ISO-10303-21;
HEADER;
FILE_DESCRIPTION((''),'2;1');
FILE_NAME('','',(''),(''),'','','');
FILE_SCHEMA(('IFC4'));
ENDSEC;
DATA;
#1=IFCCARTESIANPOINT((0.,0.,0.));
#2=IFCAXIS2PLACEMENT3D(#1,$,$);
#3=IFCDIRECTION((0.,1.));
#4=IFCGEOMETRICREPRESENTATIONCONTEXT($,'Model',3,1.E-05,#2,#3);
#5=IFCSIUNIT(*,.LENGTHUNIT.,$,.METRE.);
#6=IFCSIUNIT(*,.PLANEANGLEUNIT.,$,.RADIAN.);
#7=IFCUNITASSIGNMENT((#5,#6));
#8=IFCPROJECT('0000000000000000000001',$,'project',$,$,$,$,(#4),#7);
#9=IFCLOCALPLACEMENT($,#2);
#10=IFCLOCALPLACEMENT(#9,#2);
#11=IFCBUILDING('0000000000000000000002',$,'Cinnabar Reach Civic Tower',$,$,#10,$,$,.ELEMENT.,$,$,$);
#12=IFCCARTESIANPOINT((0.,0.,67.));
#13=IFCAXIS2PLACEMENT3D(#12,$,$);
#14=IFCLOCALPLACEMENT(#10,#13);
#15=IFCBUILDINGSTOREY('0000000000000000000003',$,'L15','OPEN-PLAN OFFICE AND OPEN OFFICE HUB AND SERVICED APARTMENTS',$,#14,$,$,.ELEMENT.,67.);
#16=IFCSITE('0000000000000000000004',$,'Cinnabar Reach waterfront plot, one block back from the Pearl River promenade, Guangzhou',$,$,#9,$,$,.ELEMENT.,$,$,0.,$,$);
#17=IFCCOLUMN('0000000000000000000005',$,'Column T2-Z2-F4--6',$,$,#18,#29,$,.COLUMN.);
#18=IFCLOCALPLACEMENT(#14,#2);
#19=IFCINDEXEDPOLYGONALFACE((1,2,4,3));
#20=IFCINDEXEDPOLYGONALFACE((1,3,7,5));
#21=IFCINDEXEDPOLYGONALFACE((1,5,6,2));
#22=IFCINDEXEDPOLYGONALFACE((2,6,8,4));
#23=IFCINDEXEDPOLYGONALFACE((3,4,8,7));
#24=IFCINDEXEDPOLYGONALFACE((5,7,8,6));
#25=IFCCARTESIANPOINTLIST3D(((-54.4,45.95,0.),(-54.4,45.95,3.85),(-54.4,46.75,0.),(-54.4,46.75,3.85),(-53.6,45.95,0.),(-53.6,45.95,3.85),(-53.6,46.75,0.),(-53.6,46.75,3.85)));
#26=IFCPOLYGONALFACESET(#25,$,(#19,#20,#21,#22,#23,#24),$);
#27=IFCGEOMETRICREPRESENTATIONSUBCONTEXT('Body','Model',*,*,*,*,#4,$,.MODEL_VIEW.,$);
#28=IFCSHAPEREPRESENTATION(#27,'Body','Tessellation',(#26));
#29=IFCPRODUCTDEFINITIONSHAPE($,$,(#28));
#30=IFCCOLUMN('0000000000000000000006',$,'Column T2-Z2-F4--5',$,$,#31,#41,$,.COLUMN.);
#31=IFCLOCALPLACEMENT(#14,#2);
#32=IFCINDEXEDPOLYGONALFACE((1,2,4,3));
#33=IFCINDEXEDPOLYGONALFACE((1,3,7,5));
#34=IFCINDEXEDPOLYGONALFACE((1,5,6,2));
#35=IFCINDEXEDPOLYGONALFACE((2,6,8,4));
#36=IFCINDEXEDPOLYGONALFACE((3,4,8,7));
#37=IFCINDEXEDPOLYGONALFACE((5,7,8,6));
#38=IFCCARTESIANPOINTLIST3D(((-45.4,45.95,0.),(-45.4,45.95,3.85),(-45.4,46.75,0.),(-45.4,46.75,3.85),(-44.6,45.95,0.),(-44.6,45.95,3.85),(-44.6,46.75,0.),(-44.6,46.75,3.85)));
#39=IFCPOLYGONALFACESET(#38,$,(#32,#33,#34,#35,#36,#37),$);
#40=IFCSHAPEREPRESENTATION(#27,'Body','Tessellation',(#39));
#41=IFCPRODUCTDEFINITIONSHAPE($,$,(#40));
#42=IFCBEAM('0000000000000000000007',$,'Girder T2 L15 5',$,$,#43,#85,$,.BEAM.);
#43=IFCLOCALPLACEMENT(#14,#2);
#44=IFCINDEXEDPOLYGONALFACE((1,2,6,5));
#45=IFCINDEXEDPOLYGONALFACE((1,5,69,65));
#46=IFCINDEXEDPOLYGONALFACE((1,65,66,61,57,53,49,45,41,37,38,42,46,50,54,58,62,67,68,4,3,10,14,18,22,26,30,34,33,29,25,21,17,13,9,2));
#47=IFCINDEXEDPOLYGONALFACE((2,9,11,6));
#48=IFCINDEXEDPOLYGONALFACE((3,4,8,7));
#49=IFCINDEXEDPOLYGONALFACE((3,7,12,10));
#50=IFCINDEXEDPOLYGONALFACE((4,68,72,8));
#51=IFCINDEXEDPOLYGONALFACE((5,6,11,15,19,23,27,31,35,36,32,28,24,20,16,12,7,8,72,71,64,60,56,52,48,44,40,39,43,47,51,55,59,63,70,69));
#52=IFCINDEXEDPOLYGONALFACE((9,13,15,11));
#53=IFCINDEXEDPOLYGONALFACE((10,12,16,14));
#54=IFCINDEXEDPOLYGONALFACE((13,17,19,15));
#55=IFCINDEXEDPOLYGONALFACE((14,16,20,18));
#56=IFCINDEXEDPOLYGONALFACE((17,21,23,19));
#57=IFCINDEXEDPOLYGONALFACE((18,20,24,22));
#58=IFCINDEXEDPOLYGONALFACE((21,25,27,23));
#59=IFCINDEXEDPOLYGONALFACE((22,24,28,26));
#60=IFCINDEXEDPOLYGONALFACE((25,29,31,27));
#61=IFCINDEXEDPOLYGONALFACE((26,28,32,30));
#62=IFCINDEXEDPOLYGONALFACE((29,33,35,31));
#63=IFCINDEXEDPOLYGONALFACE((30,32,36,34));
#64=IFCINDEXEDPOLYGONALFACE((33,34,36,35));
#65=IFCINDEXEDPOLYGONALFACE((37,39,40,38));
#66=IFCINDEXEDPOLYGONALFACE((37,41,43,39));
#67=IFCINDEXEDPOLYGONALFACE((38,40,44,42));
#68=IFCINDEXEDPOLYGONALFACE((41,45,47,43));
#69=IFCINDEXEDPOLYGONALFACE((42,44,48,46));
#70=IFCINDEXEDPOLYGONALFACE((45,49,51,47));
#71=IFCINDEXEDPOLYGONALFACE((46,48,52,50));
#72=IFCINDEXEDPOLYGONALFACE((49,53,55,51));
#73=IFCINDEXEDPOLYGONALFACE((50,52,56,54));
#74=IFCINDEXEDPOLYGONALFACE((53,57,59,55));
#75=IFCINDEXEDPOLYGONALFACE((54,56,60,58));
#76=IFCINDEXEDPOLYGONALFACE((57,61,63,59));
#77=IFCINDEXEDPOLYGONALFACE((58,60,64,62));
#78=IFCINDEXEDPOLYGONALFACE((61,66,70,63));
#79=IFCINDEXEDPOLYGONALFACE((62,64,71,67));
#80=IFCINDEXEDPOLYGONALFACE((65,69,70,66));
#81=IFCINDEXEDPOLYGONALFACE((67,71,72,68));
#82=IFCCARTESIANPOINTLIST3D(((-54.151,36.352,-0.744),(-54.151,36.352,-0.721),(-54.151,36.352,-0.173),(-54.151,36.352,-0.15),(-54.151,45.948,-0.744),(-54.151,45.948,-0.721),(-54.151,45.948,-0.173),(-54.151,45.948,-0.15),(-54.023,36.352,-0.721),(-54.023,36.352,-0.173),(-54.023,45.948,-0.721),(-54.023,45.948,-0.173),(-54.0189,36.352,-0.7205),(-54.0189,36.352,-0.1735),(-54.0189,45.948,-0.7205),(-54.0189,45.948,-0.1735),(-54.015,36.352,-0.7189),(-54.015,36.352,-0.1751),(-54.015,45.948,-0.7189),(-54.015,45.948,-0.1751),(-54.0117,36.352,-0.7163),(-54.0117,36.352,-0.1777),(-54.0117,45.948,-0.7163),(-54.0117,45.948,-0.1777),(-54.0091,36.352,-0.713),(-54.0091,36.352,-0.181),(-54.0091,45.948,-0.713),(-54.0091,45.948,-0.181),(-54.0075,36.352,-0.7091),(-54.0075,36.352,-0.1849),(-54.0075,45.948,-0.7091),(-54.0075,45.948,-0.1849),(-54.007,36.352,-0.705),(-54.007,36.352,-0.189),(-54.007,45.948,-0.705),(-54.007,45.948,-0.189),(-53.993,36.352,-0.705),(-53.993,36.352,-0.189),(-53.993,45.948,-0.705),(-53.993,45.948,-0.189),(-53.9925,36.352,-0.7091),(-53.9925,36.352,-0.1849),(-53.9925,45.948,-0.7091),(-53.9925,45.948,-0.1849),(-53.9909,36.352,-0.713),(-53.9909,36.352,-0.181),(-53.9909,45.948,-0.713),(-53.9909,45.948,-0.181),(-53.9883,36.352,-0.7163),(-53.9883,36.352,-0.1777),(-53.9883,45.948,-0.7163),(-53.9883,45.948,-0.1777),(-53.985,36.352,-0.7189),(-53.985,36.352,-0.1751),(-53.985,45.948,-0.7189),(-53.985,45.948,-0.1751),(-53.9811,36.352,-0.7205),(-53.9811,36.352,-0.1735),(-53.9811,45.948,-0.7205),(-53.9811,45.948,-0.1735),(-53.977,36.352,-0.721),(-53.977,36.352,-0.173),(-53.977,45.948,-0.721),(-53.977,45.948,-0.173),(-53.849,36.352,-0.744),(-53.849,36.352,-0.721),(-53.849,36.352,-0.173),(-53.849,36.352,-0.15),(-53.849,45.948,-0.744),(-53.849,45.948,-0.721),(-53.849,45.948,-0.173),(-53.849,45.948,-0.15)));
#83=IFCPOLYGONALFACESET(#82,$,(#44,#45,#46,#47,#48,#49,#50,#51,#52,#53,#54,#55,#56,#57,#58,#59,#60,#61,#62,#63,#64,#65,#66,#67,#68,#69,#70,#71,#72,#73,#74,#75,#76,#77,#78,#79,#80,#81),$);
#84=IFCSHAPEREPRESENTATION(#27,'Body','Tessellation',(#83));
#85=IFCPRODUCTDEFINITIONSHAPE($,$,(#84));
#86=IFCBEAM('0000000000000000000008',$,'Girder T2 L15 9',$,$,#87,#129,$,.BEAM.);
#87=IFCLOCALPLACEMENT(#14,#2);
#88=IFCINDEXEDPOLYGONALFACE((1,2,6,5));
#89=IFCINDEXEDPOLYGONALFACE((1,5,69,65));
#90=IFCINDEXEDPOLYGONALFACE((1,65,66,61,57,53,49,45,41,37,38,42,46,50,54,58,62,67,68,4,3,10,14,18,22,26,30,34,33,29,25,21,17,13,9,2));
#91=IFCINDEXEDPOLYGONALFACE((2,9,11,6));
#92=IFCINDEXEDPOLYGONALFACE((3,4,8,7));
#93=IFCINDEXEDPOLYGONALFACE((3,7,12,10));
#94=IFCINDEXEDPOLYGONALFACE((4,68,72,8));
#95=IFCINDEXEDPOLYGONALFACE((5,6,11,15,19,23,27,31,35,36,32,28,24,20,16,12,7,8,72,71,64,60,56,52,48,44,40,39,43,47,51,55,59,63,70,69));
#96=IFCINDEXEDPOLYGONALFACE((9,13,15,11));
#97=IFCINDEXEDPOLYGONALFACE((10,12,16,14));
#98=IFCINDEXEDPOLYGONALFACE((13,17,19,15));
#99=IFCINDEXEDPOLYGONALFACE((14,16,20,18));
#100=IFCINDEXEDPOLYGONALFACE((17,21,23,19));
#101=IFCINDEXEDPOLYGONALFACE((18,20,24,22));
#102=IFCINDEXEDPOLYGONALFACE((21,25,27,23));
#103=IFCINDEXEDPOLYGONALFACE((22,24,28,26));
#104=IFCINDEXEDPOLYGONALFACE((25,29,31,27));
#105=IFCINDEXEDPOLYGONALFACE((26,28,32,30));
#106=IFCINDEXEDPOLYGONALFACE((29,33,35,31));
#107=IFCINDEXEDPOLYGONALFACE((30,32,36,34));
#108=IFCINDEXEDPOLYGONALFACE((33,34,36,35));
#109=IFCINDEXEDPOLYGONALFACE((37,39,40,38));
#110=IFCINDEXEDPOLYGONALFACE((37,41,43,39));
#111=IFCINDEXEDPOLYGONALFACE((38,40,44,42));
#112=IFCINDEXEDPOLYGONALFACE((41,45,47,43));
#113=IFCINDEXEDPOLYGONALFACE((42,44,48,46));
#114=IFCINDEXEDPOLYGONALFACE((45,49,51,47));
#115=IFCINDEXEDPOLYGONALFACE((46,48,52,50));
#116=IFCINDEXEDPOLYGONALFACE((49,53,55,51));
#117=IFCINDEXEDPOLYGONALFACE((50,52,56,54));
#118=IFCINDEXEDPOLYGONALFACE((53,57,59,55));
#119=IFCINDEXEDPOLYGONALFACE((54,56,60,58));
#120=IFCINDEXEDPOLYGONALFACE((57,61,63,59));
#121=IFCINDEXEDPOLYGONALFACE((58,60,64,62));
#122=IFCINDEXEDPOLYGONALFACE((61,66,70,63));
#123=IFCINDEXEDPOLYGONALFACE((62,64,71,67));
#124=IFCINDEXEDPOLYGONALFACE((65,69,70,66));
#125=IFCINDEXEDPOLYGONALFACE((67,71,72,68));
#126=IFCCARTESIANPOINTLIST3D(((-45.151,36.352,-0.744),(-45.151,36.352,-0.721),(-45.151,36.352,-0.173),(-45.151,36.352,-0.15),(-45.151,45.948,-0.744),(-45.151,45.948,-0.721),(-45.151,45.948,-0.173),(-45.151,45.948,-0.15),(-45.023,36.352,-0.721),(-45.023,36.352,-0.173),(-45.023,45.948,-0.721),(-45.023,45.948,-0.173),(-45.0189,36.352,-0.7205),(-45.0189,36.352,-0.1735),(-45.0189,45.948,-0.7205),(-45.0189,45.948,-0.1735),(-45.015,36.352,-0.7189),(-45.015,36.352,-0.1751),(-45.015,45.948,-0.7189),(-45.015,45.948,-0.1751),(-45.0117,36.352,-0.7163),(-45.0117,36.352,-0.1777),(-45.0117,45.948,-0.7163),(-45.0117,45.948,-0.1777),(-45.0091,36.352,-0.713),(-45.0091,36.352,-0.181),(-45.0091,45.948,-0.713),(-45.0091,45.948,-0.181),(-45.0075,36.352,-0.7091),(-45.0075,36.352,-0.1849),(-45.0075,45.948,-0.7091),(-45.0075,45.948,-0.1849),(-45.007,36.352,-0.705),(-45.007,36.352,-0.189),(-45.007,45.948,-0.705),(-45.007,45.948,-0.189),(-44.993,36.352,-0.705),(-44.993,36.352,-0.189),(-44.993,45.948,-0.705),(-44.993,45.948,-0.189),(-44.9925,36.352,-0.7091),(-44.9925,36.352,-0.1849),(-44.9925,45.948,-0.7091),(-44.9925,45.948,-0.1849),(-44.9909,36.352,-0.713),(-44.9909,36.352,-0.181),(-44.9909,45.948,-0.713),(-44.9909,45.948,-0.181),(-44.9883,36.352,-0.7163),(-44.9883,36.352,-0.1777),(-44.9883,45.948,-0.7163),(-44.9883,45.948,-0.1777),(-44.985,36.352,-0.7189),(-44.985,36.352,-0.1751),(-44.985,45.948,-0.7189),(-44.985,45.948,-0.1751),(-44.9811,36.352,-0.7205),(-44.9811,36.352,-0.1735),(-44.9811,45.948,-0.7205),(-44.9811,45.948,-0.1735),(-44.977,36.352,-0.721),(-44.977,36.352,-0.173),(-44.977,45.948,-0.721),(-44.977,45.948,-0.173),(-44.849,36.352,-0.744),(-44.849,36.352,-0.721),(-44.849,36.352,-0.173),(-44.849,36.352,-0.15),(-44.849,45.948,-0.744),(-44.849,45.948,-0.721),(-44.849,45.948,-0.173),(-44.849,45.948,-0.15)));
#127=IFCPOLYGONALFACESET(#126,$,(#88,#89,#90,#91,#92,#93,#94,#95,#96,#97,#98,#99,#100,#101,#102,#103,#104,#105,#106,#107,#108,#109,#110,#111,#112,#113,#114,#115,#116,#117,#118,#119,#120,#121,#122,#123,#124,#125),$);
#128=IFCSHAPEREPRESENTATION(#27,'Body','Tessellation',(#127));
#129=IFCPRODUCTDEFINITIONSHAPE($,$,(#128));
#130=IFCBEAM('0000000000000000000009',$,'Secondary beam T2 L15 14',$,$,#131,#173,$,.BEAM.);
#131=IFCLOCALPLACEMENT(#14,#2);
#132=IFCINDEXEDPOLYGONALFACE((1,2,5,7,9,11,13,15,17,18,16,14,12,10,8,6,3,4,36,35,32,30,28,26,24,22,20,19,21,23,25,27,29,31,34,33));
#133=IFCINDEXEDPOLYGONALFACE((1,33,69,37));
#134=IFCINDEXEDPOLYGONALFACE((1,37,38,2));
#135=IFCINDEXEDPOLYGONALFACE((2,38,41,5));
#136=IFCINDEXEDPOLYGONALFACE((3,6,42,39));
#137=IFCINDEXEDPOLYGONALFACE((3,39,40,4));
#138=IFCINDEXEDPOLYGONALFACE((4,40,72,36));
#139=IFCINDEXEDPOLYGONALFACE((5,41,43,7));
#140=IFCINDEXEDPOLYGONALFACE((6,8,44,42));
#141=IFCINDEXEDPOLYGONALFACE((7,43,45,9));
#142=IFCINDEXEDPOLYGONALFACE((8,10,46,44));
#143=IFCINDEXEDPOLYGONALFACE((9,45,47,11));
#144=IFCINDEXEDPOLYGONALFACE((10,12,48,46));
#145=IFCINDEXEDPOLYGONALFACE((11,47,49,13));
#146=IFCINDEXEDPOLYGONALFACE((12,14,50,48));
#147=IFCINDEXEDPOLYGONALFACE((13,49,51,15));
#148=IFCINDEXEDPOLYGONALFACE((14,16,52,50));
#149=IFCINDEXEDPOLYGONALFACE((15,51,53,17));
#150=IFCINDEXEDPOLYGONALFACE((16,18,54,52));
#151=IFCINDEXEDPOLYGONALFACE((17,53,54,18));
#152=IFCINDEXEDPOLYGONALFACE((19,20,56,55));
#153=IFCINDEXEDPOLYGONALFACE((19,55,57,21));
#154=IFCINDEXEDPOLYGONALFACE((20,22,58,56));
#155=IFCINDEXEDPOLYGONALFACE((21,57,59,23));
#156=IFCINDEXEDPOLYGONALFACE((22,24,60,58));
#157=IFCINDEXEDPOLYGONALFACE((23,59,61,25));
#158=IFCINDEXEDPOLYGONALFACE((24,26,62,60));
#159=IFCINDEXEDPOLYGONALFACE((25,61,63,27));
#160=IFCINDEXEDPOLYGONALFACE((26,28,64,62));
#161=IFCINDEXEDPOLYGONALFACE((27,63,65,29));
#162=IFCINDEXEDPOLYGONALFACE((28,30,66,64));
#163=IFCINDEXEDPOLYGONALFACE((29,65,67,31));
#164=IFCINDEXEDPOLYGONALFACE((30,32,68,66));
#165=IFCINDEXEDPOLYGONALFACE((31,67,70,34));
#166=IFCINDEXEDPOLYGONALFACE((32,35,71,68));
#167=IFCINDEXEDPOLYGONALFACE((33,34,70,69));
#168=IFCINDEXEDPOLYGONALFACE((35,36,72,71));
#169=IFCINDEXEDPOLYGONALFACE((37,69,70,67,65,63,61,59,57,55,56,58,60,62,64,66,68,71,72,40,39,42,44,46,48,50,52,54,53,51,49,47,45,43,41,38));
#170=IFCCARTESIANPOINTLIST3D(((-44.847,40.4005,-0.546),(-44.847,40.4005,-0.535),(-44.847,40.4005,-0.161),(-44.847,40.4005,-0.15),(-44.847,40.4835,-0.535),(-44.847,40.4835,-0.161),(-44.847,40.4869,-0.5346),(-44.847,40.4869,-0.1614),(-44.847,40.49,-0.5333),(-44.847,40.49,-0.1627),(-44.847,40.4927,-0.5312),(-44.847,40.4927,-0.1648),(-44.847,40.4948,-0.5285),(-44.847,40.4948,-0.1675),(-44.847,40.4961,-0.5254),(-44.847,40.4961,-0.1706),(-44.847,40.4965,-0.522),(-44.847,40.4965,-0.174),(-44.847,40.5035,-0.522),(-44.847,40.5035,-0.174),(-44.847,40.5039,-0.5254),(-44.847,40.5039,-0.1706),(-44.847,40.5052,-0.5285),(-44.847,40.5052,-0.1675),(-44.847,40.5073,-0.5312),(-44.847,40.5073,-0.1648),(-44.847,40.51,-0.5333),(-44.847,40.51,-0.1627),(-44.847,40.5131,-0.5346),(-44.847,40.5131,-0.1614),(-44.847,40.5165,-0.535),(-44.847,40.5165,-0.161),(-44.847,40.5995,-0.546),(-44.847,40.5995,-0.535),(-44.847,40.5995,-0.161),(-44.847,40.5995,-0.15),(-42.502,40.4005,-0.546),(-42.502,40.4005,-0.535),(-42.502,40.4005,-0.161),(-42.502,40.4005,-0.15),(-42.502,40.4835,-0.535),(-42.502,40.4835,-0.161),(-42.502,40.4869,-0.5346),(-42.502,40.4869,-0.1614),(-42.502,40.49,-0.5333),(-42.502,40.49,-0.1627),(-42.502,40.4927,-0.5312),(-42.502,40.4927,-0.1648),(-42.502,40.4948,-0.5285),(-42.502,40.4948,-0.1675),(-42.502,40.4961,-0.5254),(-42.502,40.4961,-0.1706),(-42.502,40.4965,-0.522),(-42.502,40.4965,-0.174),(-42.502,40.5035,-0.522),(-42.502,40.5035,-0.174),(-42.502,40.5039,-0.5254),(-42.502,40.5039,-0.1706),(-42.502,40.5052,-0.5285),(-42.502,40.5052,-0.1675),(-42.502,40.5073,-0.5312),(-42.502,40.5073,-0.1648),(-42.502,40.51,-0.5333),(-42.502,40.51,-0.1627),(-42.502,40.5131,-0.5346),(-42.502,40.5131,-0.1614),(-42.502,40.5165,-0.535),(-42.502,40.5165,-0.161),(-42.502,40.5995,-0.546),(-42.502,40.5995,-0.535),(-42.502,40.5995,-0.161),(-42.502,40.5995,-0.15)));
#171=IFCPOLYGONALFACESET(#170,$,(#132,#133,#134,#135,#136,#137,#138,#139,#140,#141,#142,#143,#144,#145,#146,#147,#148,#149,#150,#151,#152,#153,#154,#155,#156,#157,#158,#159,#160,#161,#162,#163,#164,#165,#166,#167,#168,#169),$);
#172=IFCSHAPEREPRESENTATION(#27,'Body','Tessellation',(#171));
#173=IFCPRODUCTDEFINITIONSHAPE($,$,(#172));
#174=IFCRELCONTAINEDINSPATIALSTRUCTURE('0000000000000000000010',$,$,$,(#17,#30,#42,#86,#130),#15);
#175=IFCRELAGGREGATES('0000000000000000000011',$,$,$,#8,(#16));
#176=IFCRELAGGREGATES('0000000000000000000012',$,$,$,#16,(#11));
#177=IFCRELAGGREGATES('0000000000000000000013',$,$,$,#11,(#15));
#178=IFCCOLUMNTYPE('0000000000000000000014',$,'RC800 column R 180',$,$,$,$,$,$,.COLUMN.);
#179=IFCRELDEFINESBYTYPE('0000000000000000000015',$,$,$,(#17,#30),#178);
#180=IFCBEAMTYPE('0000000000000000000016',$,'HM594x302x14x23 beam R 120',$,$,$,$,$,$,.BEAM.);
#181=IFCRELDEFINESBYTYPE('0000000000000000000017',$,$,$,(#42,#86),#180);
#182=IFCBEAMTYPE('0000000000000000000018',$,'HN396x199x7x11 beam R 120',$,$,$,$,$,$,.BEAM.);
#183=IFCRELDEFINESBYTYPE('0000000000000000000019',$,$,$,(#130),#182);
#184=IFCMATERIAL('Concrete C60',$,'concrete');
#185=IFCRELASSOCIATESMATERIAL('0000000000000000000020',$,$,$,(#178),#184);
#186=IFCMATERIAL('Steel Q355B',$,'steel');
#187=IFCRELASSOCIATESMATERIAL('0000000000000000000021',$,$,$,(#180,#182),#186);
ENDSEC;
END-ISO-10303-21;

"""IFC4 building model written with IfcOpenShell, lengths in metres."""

from ifc_helpers import new_model, si_unit, direction, frame, origin, origin_2d, place, context, subcontext, project, spatial, rectangle, i_section, extrude, material, material_profile, profile_set, type_object, element, save


model = new_model("IFC4")

# Units and contexts
model_context = context("Model", 3, precision=1e-05, world=origin(), true_north=direction((0.0, 1.0)))
body_context = subcontext(model_context, "Body", "Model", "MODEL_VIEW")
ifc_project = project(units=[si_unit("LENGTHUNIT", "METRE"), si_unit("PLANEANGLEUNIT", "RADIAN")], contexts=[model_context])

# Site, building, storey
site_placement = place(None, origin())
site = spatial("IfcSite", under=ifc_project, at=site_placement, Name="Cinnabar Reach waterfront plot, one block back from the Pearl River promenade, Guangzhou", CompositionType="ELEMENT", RefElevation=0.0)
building_placement = place(site_placement, origin())
building = spatial("IfcBuilding", under=site, at=building_placement, Name="Cinnabar Reach Civic Tower", CompositionType="ELEMENT")
storey_placement = place(building_placement, frame((0.0, 0.0, 67.0)))
storey = spatial("IfcBuildingStorey", under=building, at=storey_placement, Name="L15", Description="OPEN-PLAN OFFICE AND OPEN OFFICE HUB AND SERVICED APARTMENTS", CompositionType="ELEMENT", Elevation=67.0)

# Columns
ifc_material_1 = material(Name="Concrete C60", Category="concrete")
ifc_material_profile_1 = material_profile(ifc_material_1, rectangle(XDim=0.8, YDim=0.8, at=origin_2d()), Name="RC800")
ifc_profile_set_1 = profile_set([ifc_material_profile_1], Name="Concrete C60")
column_type = type_object("IfcColumnType", Name="RC800 column R 180", PredefinedType="COLUMN", material=ifc_profile_set_1)
for number, where, z_axis, x_axis, name in (
    (1, (-54.0, 46.35, 0.0), (0.0, 0.0, 1.0), (1.0, 0.0, 0.0), "Column T2-Z2-F4--6"),
    (2, (-45.0, 46.35, 0.0), (0.0, 0.0, 1.0), (1.0, 0.0, 0.0), "Column T2-Z2-F4--5"),
):
    element("IfcColumn", number, at=place(storey_placement, frame(where, z_axis=z_axis, x_axis=x_axis)), inside=storey, type_object=column_type, Name=name, PredefinedType="COLUMN", context=body_context, shape_type="SweptSolid", body=[
        extrude(rectangle(XDim=0.8, YDim=0.8, at=origin_2d()), origin(), (0.0, 0.0, 1.0), 3.85),
    ])

# Beams
ifc_material_2 = material(Name="Steel Q355B", Category="steel")
ifc_material_profile_2 = material_profile(ifc_material_2, i_section(OverallWidth=0.302, OverallDepth=0.594, WebThickness=0.014, FlangeThickness=0.023, FilletRadius=0.016, at=origin_2d()), Name="HM594x302x14x23")
ifc_profile_set_2 = profile_set([ifc_material_profile_2], Name="Steel Q355B")
beam_type_1 = type_object("IfcBeamType", Name="HM594x302x14x23 beam R 120", PredefinedType="BEAM", material=ifc_profile_set_2)
for number, where, z_axis, x_axis, name in (
    (3, (-54.0, 36.352, -0.447), (0.0, 1.0, 0.0), (-1.0, 0.0, 0.0), "Girder T2 L15 5"),
    (4, (-45.0, 36.352, -0.447), (0.0, 1.0, 0.0), (-1.0, 0.0, 0.0), "Girder T2 L15 9"),
):
    element("IfcBeam", number, at=place(storey_placement, frame(where, z_axis=z_axis, x_axis=x_axis)), inside=storey, type_object=beam_type_1, Name=name, PredefinedType="BEAM", context=body_context, shape_type="SweptSolid", body=[
        extrude(i_section(OverallWidth=0.302, OverallDepth=0.594, WebThickness=0.014, FlangeThickness=0.023, FilletRadius=0.016, at=origin_2d()), origin(), (0.0, 0.0, 1.0), 9.596),
    ])
ifc_material_profile_3 = material_profile(ifc_material_2, i_section(OverallWidth=0.199, OverallDepth=0.396, WebThickness=0.007, FlangeThickness=0.011, FilletRadius=0.013, at=origin_2d()), Name="HN396x199x7x11")
ifc_profile_set_3 = profile_set([ifc_material_profile_3], Name="Steel Q355B")
beam_type_2 = type_object("IfcBeamType", Name="HN396x199x7x11 beam R 120", PredefinedType="BEAM", material=ifc_profile_set_3)
beam_1_placement = place(storey_placement, frame((-44.847, 40.5, -0.348), z_axis=(1.0, 0.0, 0.0), x_axis=(0.0, 1.0, 0.0)))
element("IfcBeam", 5, at=beam_1_placement, inside=storey, type_object=beam_type_2, Name="Secondary beam T2 L15 14", PredefinedType="BEAM", context=body_context, shape_type="SweptSolid", body=[
    extrude(i_section(OverallWidth=0.199, OverallDepth=0.396, WebThickness=0.007, FlangeThickness=0.011, FilletRadius=0.013, at=origin_2d()), origin(), (0.0, 0.0, 1.0), 2.345),
])

save(model, "model.ifc")
